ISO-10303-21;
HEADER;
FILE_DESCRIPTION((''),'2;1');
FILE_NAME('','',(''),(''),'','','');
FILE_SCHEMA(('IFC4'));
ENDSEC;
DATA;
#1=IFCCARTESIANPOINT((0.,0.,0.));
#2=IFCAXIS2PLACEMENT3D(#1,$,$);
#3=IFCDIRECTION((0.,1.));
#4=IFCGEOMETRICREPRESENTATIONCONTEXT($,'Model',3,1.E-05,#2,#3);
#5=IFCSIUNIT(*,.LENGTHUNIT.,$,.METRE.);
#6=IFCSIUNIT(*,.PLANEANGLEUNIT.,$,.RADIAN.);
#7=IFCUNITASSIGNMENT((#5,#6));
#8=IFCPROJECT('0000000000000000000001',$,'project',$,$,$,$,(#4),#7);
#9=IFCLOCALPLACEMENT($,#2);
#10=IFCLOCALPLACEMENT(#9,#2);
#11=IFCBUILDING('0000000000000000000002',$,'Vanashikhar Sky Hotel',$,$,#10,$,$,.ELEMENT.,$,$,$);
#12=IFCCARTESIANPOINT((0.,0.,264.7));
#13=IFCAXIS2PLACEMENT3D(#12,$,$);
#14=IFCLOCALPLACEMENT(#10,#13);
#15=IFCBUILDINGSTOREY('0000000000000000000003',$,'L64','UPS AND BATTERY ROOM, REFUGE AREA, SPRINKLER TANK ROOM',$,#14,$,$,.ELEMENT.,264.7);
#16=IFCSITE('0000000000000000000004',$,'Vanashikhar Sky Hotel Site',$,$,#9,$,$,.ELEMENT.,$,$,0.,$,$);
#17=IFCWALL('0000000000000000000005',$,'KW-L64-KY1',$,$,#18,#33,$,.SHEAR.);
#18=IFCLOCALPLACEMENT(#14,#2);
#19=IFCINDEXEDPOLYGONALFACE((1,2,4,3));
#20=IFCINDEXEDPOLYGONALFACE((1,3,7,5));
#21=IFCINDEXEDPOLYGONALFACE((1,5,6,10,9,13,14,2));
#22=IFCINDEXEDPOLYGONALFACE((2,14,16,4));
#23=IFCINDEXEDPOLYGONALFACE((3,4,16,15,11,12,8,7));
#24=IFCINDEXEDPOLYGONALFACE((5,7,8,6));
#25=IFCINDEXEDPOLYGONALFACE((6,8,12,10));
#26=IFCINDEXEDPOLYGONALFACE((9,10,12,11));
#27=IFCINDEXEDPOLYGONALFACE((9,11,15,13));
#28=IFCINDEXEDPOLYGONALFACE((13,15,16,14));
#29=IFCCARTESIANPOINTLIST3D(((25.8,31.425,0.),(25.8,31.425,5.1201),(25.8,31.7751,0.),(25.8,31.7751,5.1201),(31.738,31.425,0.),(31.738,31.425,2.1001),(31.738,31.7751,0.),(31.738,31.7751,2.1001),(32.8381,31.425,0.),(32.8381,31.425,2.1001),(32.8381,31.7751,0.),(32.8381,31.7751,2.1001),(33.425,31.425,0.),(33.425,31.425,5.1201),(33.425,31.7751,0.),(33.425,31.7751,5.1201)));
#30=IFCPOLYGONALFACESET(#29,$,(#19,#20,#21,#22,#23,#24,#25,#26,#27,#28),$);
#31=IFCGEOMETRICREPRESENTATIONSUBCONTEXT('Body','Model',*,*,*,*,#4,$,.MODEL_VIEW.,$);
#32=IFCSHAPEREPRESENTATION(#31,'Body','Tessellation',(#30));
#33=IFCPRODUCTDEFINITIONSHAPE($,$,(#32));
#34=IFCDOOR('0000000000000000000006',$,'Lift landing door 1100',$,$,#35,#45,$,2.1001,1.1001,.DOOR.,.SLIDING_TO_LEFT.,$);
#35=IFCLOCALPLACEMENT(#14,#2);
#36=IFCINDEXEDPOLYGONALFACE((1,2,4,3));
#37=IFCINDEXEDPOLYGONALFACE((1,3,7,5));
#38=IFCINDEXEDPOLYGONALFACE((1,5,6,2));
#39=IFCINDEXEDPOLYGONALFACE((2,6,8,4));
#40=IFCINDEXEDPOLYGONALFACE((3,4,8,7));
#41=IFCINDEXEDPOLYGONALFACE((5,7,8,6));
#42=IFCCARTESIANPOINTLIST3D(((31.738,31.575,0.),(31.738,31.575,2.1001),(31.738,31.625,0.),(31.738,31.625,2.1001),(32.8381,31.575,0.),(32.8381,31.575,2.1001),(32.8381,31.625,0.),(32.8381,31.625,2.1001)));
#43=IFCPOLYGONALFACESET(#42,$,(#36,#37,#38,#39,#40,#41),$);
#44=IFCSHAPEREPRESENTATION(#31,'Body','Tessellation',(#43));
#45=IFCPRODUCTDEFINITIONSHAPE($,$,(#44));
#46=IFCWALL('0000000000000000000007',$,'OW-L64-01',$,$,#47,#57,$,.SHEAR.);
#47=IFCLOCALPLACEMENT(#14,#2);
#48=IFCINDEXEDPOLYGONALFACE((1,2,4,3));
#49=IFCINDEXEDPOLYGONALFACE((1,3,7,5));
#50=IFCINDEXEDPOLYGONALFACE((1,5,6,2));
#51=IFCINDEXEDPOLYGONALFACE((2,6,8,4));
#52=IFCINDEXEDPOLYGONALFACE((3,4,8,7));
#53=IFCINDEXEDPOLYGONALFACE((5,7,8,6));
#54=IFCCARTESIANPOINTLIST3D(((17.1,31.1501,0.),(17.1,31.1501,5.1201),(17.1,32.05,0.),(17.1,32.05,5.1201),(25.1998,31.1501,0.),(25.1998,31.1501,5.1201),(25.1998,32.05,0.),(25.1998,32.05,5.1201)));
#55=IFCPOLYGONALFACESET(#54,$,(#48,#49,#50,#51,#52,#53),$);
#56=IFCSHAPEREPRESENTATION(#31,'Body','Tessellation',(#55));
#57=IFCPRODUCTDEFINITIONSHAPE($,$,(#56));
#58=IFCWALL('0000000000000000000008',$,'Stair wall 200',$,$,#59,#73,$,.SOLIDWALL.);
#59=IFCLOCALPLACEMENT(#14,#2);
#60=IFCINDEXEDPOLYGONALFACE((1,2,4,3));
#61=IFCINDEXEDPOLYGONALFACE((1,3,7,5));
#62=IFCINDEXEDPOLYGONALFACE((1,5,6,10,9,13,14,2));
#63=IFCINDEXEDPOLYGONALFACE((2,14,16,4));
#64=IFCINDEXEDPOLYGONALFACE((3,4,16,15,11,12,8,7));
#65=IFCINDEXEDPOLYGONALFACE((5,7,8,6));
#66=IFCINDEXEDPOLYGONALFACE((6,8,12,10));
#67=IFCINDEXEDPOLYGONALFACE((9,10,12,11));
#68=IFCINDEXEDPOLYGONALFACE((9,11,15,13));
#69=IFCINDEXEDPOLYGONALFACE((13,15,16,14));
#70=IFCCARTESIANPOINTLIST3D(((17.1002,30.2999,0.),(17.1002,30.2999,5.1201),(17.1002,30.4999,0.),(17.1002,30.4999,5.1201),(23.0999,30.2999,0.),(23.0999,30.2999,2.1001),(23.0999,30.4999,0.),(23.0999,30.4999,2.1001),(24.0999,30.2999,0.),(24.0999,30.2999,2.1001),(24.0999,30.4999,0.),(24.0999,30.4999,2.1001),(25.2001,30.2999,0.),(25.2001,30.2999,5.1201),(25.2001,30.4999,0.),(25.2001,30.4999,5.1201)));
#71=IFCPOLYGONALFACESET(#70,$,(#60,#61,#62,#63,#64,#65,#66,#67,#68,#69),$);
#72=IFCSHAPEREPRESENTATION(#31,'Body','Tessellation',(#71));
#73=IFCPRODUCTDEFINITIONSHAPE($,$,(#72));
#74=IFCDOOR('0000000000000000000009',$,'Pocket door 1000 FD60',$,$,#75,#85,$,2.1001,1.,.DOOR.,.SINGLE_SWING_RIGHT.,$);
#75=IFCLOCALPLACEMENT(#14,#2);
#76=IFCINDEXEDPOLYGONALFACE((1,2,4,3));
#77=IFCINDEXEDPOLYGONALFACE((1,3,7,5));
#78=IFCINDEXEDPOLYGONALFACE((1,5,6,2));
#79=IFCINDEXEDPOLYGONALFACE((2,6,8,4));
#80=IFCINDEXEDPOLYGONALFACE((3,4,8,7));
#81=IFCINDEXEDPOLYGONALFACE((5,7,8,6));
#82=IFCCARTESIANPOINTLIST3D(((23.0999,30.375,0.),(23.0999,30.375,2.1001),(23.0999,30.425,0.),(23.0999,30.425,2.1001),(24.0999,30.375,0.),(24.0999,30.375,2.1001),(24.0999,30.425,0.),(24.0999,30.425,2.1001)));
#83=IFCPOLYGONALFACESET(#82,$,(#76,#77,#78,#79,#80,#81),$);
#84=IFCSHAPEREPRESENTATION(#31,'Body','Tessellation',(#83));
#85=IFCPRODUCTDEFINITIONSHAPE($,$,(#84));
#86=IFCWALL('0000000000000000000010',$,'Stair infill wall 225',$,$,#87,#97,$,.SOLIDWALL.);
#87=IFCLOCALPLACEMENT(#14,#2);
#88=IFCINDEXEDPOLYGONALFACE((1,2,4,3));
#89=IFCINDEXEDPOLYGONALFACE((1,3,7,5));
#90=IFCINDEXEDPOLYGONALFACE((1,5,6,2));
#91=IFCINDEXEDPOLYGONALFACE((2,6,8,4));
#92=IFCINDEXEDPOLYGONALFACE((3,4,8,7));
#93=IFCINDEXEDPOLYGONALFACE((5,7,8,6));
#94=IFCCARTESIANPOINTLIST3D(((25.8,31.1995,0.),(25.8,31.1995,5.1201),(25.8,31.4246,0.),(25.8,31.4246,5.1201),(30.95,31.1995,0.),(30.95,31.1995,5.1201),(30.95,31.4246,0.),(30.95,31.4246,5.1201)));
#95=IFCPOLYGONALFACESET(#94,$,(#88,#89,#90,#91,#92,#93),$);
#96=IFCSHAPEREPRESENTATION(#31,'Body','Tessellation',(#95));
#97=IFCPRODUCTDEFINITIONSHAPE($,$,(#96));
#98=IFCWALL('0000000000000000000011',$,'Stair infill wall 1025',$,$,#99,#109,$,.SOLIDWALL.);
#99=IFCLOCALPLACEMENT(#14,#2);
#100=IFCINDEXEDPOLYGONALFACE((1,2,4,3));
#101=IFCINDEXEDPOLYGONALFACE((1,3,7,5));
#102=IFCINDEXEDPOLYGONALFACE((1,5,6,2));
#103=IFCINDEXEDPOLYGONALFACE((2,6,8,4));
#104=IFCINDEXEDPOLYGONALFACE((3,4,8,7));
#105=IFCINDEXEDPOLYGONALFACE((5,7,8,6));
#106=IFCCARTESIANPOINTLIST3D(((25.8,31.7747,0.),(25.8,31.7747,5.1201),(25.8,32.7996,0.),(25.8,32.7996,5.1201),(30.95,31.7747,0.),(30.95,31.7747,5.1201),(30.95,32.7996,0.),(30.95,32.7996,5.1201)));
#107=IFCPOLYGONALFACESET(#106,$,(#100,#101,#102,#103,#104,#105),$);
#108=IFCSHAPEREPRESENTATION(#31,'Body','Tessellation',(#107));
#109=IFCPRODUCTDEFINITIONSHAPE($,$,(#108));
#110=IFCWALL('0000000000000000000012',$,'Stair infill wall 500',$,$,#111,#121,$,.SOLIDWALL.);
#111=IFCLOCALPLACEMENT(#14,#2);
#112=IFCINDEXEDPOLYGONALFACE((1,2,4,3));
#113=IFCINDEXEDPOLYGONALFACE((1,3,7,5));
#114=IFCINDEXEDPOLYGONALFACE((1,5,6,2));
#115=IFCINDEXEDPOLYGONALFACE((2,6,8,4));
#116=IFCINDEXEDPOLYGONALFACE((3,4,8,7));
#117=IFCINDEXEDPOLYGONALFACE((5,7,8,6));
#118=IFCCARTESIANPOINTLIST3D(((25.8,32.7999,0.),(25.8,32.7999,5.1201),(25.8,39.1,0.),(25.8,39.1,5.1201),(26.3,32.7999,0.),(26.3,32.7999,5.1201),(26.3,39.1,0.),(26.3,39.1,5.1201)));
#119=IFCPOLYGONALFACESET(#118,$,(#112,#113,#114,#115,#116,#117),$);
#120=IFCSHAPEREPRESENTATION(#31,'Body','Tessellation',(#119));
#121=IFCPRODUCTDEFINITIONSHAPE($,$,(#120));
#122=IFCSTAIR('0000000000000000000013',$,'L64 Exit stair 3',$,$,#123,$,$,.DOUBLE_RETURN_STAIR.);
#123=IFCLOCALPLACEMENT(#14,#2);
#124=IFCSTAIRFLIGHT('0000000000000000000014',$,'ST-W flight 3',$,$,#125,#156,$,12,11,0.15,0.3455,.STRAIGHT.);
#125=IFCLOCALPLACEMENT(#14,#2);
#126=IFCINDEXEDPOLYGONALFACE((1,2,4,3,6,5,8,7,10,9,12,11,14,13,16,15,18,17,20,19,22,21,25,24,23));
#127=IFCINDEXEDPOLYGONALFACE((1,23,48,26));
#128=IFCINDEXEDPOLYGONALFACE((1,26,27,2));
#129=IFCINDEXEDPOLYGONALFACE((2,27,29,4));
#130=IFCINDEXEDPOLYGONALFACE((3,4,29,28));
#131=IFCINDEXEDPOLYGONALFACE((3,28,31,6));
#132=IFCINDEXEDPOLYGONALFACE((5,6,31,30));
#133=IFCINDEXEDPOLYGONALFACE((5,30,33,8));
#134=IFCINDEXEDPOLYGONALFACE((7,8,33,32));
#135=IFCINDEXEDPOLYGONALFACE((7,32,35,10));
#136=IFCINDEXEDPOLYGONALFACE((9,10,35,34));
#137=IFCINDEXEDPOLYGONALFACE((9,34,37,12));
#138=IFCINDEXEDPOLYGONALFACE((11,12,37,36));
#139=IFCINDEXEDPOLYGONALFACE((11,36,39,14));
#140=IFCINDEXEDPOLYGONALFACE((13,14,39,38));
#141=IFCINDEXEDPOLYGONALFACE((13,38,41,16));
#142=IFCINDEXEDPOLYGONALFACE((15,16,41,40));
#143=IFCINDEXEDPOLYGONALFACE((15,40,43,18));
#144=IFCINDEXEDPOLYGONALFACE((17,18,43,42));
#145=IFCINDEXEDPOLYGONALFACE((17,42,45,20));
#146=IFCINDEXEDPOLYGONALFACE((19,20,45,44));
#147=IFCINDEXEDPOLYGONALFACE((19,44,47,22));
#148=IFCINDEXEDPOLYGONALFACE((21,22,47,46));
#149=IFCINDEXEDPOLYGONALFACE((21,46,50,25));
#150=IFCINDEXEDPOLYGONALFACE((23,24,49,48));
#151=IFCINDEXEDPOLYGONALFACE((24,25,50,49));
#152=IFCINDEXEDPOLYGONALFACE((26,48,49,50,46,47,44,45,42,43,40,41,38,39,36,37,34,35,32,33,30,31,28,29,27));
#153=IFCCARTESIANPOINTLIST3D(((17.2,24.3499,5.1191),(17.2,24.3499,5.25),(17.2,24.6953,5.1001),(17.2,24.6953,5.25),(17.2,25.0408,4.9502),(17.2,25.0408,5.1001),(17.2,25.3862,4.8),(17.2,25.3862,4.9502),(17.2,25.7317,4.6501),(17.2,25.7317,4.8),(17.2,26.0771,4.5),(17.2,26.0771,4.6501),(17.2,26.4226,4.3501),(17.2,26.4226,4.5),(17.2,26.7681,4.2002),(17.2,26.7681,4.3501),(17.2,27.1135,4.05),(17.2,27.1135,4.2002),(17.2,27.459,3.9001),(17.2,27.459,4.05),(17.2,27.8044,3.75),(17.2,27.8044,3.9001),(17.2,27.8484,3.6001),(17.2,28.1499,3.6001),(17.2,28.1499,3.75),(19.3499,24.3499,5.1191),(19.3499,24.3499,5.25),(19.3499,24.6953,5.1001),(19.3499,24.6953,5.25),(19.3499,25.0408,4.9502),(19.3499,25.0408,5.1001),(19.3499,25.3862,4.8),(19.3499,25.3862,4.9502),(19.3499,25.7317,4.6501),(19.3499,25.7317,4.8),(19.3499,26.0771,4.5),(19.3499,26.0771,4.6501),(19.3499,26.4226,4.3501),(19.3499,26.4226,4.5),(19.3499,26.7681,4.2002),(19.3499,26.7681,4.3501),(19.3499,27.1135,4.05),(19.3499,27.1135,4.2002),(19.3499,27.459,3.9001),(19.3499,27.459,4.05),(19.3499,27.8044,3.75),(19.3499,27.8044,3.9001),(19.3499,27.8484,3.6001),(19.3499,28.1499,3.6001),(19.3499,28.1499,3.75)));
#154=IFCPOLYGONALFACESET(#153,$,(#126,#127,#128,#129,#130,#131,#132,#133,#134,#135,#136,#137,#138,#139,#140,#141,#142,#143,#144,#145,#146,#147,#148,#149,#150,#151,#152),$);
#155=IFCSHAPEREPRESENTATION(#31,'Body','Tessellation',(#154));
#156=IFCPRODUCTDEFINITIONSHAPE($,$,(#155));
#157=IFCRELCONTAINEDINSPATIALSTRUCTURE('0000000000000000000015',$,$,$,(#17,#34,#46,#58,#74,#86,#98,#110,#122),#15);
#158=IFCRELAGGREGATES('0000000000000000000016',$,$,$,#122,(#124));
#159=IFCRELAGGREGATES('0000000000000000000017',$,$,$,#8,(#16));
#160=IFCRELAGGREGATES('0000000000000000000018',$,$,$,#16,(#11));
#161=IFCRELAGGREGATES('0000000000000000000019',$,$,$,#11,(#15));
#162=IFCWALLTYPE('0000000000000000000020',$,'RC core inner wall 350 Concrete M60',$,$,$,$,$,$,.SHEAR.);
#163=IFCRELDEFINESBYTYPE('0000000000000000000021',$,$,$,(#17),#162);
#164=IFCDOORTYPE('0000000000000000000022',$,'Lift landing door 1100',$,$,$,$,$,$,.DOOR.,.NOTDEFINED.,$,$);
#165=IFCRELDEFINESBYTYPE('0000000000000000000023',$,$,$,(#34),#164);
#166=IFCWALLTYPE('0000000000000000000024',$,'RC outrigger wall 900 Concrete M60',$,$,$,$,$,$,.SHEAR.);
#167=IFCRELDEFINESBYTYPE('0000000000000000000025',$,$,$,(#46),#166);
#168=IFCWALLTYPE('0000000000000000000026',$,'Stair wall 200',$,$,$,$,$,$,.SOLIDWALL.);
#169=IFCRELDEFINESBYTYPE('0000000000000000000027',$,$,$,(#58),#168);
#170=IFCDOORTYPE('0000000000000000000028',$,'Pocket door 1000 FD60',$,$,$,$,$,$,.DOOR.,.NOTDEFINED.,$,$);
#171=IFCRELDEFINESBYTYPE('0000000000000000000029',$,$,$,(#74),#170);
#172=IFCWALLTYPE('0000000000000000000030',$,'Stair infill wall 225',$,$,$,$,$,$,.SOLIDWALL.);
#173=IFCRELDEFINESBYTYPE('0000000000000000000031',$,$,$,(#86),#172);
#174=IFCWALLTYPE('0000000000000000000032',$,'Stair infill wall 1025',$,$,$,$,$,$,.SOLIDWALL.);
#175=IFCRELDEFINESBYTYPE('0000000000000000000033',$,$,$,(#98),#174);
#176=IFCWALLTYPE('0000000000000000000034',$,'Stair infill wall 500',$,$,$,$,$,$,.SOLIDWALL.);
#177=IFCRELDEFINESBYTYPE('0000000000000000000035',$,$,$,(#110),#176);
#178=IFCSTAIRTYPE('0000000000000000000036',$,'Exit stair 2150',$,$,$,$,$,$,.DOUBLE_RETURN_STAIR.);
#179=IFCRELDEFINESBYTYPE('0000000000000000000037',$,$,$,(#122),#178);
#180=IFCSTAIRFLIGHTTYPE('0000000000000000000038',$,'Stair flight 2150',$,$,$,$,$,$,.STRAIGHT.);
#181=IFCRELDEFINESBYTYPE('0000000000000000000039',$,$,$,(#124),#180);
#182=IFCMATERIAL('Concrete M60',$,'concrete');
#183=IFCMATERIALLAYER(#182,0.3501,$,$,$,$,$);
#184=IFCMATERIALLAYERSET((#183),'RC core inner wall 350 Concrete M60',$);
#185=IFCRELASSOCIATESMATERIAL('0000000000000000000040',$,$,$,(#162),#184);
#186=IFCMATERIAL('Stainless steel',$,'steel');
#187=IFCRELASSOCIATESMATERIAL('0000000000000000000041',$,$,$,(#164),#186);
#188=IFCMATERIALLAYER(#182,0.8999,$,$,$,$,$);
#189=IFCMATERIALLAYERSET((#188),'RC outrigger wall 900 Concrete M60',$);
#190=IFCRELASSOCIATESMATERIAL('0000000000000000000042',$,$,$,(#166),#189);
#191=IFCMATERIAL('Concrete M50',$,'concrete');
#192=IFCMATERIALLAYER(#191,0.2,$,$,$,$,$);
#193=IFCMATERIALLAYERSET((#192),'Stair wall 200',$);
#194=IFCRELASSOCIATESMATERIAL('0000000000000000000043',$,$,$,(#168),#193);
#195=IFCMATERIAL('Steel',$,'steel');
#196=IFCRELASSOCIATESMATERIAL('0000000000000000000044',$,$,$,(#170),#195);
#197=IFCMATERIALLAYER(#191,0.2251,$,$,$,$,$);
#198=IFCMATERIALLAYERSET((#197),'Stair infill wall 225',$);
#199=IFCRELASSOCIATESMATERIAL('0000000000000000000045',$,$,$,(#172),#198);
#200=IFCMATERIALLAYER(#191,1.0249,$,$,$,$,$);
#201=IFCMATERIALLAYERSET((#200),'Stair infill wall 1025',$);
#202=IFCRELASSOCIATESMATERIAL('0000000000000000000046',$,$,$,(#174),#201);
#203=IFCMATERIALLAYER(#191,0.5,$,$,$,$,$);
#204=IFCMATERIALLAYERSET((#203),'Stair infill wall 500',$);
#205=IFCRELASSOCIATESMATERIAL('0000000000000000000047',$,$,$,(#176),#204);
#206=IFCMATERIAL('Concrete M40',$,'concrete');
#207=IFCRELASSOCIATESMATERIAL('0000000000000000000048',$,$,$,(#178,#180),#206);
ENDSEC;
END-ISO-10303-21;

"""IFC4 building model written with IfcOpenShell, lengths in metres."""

from ifc_helpers import new_model, si_unit, direction, frame, frame_2d, origin, place, context, subcontext, project, spatial, polyline, rectangle, outline, extrude, source, transform, mapped, material, layer, layer_set, type_object, element, fill, aggregate, save


model = new_model("IFC4")

# Units and contexts
model_context = context("Model", 3, precision=1e-05, world=origin(), true_north=direction((0.0, 1.0)))
body_context = subcontext(model_context, "Body", "Model", "MODEL_VIEW")
ifc_project = project(units=[si_unit("LENGTHUNIT", "METRE"), si_unit("PLANEANGLEUNIT", "RADIAN")], contexts=[model_context])

# Site, building, storey
site_placement = place(None, origin())
site = spatial("IfcSite", under=ifc_project, at=site_placement, Name="Vanashikhar Sky Hotel Site", CompositionType="ELEMENT", RefElevation=0.0)
building_placement = place(site_placement, origin())
building = spatial("IfcBuilding", under=site, at=building_placement, Name="Vanashikhar Sky Hotel", CompositionType="ELEMENT")
storey_placement = place(building_placement, frame((0.0, 0.0, 264.7)))
storey = spatial("IfcBuildingStorey", under=building, at=storey_placement, Name="L64", Description="UPS AND BATTERY ROOM, REFUGE AREA, SPRINKLER TANK ROOM", CompositionType="ELEMENT", Elevation=264.7)

# Wall, opening, door
ifc_material_1 = material(Name="Concrete M60", Category="concrete")
ifc_layer_1 = layer(ifc_material_1, 0.3501)
ifc_layer_set_1 = layer_set([ifc_layer_1], Name="RC core inner wall 350 Concrete M60")
wall_type_1 = type_object("IfcWallType", Name="RC core inner wall 350 Concrete M60", PredefinedType="SHEAR", material=ifc_layer_set_1)
shared_shape_1 = source(origin(), body_context, "Body", "SweptSolid", [
    extrude(rectangle(XDim=7.625, YDim=0.3501, at=frame_2d((3.8125, 0.0))), origin(), (0.0, 0.0, 1.0), 5.1201),
])
wall_1_placement = place(storey_placement, frame((25.8, 31.6001, 0.0), z_axis=(0.0, 0.0, 1.0), x_axis=(1.0, 0.0, 0.0)))
wall_1 = element("IfcWall", 1, at=wall_1_placement, inside=storey, type_object=wall_type_1, Name="KW-L64-KY1", PredefinedType="SHEAR", context=body_context, shape_type="MappedRepresentation", body=[
    mapped(shared_shape_1, transform((0.0, 0.0, 0.0), scale=1.0)),
])
shared_shape_2 = source(origin(), body_context, "Body", "SweptSolid", [
    extrude(rectangle(XDim=1.1001, YDim=2.1001, at=frame_2d((0.55, 1.05))), frame((0.0, 0.1851, 0.0), z_axis=(0.0, -1.0, 0.0), x_axis=(1.0, 0.0, 0.0)), (0.0, 0.0, 1.0), 0.3701),
])
opening_1_placement = place(wall_1_placement, frame((5.938, 0.0, 0.0)))
opening_1 = element("IfcOpeningElement", 2, at=opening_1_placement, cuts=wall_1, PredefinedType="OPENING", context=body_context, shape_type="MappedRepresentation", body=[
    mapped(shared_shape_2, transform((0.0, 0.0, 0.0), scale=1.0)),
])
ifc_material_2 = material(Name="Stainless steel", Category="steel")
door_type_1 = type_object("IfcDoorType", Name="Lift landing door 1100", OperationType="NOTDEFINED", PredefinedType="DOOR", material=ifc_material_2)
shared_shape_3 = source(origin(), body_context, "Body", "SweptSolid", [
    extrude(rectangle(XDim=1.1001, YDim=2.1001, at=frame_2d((0.55, 1.05))), frame((0.0, 0.0249, 0.0), z_axis=(0.0, -1.0, 0.0), x_axis=(1.0, 0.0, 0.0)), (0.0, 0.0, 1.0), 0.05),
])
door_1_placement = place(opening_1_placement, origin())
door_1 = element("IfcDoor", 3, at=door_1_placement, inside=storey, type_object=door_type_1, Name="Lift landing door 1100", OperationType="SLIDING_TO_LEFT", OverallHeight=2.1001, OverallWidth=1.1001, PredefinedType="DOOR", context=body_context, shape_type="MappedRepresentation", body=[
    mapped(shared_shape_3, transform((0.0, 0.0, 0.0), scale=1.0)),
])
fill(opening_1, door_1)

# Wall
ifc_layer_2 = layer(ifc_material_1, 0.8999)
ifc_layer_set_2 = layer_set([ifc_layer_2], Name="RC outrigger wall 900 Concrete M60")
wall_type_2 = type_object("IfcWallType", Name="RC outrigger wall 900 Concrete M60", PredefinedType="SHEAR", material=ifc_layer_set_2)
shared_shape_4 = source(origin(), body_context, "Body", "SweptSolid", [
    extrude(rectangle(XDim=8.0999, YDim=0.8999, at=frame_2d((4.0498, 0.0))), origin(), (0.0, 0.0, 1.0), 5.1201),
])
wall_2_placement = place(storey_placement, frame((17.1001, 31.6001, 0.0), z_axis=(0.0, 0.0, 1.0), x_axis=(1.0, 0.0, 0.0)))
element("IfcWall", 4, at=wall_2_placement, inside=storey, type_object=wall_type_2, Name="OW-L64-01", PredefinedType="SHEAR", context=body_context, shape_type="MappedRepresentation", body=[
    mapped(shared_shape_4, transform((0.0, 0.0, 0.0), scale=1.0)),
])

# Wall, opening, door
ifc_material_3 = material(Name="Concrete M50", Category="concrete")
ifc_layer_3 = layer(ifc_material_3, 0.2)
ifc_layer_set_3 = layer_set([ifc_layer_3], Name="Stair wall 200")
wall_type_3 = type_object("IfcWallType", Name="Stair wall 200", PredefinedType="SOLIDWALL", material=ifc_layer_set_3)
shared_shape_5 = source(origin(), body_context, "Body", "SweptSolid", [
    extrude(rectangle(XDim=8.0999, YDim=0.2, at=frame_2d((4.0498, 0.0))), origin(), (0.0, 0.0, 1.0), 5.1201),
])
wall_3_placement = place(storey_placement, frame((25.2, 30.3999, 0.0), z_axis=(0.0, 0.0, 1.0), x_axis=(-1.0, 0.0, 0.0)))
wall_3 = element("IfcWall", 5, at=wall_3_placement, inside=storey, type_object=wall_type_3, Name="Stair wall 200", PredefinedType="SOLIDWALL", context=body_context, shape_type="MappedRepresentation", body=[
    mapped(shared_shape_5, transform((0.0, 0.0, 0.0), scale=1.0)),
])
shared_shape_6 = source(origin(), body_context, "Body", "SweptSolid", [
    extrude(rectangle(XDim=1.0, YDim=2.1001, at=frame_2d((0.5, 1.05))), frame((0.0, 0.1099, 0.0), z_axis=(0.0, -1.0, 0.0), x_axis=(1.0, 0.0, 0.0)), (0.0, 0.0, 1.0), 0.22),
])
opening_2_placement = place(wall_3_placement, frame((1.1001, 0.0, 0.0)))
opening_2 = element("IfcOpeningElement", 6, at=opening_2_placement, cuts=wall_3, PredefinedType="OPENING", context=body_context, shape_type="MappedRepresentation", body=[
    mapped(shared_shape_6, transform((0.0, 0.0, 0.0), scale=1.0)),
])
ifc_material_4 = material(Name="Steel", Category="steel")
door_type_2 = type_object("IfcDoorType", Name="Pocket door 1000 FD60", OperationType="NOTDEFINED", PredefinedType="DOOR", material=ifc_material_4)
shared_shape_7 = source(origin(), body_context, "Body", "SweptSolid", [
    extrude(rectangle(XDim=1.0, YDim=2.1001, at=frame_2d((0.5, 1.05))), frame((0.0, 0.0249, 0.0), z_axis=(0.0, -1.0, 0.0), x_axis=(1.0, 0.0, 0.0)), (0.0, 0.0, 1.0), 0.05),
])
door_2_placement = place(opening_2_placement, origin())
door_2 = element("IfcDoor", 7, at=door_2_placement, inside=storey, type_object=door_type_2, Name="Pocket door 1000 FD60", OperationType="SINGLE_SWING_RIGHT", OverallHeight=2.1001, OverallWidth=1.0, PredefinedType="DOOR", context=body_context, shape_type="MappedRepresentation", body=[
    mapped(shared_shape_7, transform((0.0, 0.0, 0.0), scale=1.0)),
])
fill(opening_2, door_2)

# Walls
ifc_layer_4 = layer(ifc_material_3, 0.2251)
ifc_layer_set_4 = layer_set([ifc_layer_4], Name="Stair infill wall 225")
wall_type_4 = type_object("IfcWallType", Name="Stair infill wall 225", PredefinedType="SOLIDWALL", material=ifc_layer_set_4)
shared_shape_8 = source(origin(), body_context, "Body", "SweptSolid", [
    extrude(rectangle(XDim=5.1499, YDim=0.2251, at=frame_2d((2.575, 0.0))), origin(), (0.0, 0.0, 1.0), 5.1201),
])
wall_4_placement = place(storey_placement, frame((25.8, 31.312, 0.0), z_axis=(0.0, 0.0, 1.0), x_axis=(1.0, 0.0, 0.0)))
element("IfcWall", 8, at=wall_4_placement, inside=storey, type_object=wall_type_4, Name="Stair infill wall 225", PredefinedType="SOLIDWALL", context=body_context, shape_type="MappedRepresentation", body=[
    mapped(shared_shape_8, transform((0.0, 0.0, 0.0), scale=1.0)),
])
ifc_layer_5 = layer(ifc_material_3, 1.0249)
ifc_layer_set_5 = layer_set([ifc_layer_5], Name="Stair infill wall 1025")
wall_type_5 = type_object("IfcWallType", Name="Stair infill wall 1025", PredefinedType="SOLIDWALL", material=ifc_layer_set_5)
shared_shape_9 = source(origin(), body_context, "Body", "SweptSolid", [
    extrude(rectangle(XDim=5.1499, YDim=1.0249, at=frame_2d((2.575, 0.0))), origin(), (0.0, 0.0, 1.0), 5.1201),
])
wall_5_placement = place(storey_placement, frame((25.8, 32.2871, 0.0), z_axis=(0.0, 0.0, 1.0), x_axis=(1.0, 0.0, 0.0)))
element("IfcWall", 9, at=wall_5_placement, inside=storey, type_object=wall_type_5, Name="Stair infill wall 1025", PredefinedType="SOLIDWALL", context=body_context, shape_type="MappedRepresentation", body=[
    mapped(shared_shape_9, transform((0.0, 0.0, 0.0), scale=1.0)),
])
ifc_layer_6 = layer(ifc_material_3, 0.5)
ifc_layer_set_6 = layer_set([ifc_layer_6], Name="Stair infill wall 500")
wall_type_6 = type_object("IfcWallType", Name="Stair infill wall 500", PredefinedType="SOLIDWALL", material=ifc_layer_set_6)
shared_shape_10 = source(origin(), body_context, "Body", "SweptSolid", [
    extrude(rectangle(XDim=6.3, YDim=0.5, at=frame_2d((3.1499, 0.0))), origin(), (0.0, 0.0, 1.0), 5.1201),
])
wall_6_placement = place(storey_placement, frame((26.05, 32.8, 0.0), z_axis=(0.0, 0.0, 1.0), x_axis=(0.0, 1.0, 0.0)))
element("IfcWall", 10, at=wall_6_placement, inside=storey, type_object=wall_type_6, Name="Stair infill wall 500", PredefinedType="SOLIDWALL", context=body_context, shape_type="MappedRepresentation", body=[
    mapped(shared_shape_10, transform((0.0, 0.0, 0.0), scale=1.0)),
])

# Stair, stair flight
ifc_material_5 = material(Name="Concrete M40", Category="concrete")
stair_type = type_object("IfcStairType", Name="Exit stair 2150", PredefinedType="DOUBLE_RETURN_STAIR", material=ifc_material_5)
stair_placement = place(storey_placement, origin())
stair = element("IfcStair", 11, at=stair_placement, inside=storey, type_object=stair_type, Name="L64 Exit stair 3", PredefinedType="DOUBLE_RETURN_STAIR")
stair_flight_type = type_object("IfcStairFlightType", Name="Stair flight 2150", PredefinedType="STRAIGHT", material=ifc_material_5)
shared_shape_11 = source(origin(), body_context, "Body", "SweptSolid", [
    extrude(outline(polyline([(0.0, 0.0), (0.0, 0.1499), (0.3455, 0.1499), (0.3455, 0.3), (0.6909, 0.3), (0.6909, 0.45), (1.0364, 0.45), (1.0364, 0.6001), (1.3818, 0.6001), (1.3818, 0.75), (1.7273, 0.75), (1.7273, 0.8999), (2.0728, 0.8999), (2.0728, 1.05), (2.4182, 1.05), (2.4182, 1.2), (2.7637, 1.2), (2.7637, 1.3501), (3.1091, 1.3501), (3.1091, 1.5), (3.4546, 1.5), (3.4546, 1.6499), (3.8, 1.6499), (3.8, 1.8), (3.8, 1.519), (0.3015, 0.0), (0.0, 0.0)])), frame((0.0, 1.075, 0.0), z_axis=(0.0, -1.0, 0.0), x_axis=(1.0, 0.0, 0.0)), (0.0, 0.0, 1.0), 2.1499),
])
stair_flight_placement = place(storey_placement, frame((18.2749, 28.1499, 3.6001), z_axis=(0.0, 0.0, 1.0), x_axis=(0.0, -1.0, 0.0)))
stair_flight = element("IfcStairFlight", 12, at=stair_flight_placement, type_object=stair_flight_type, Name="ST-W flight 3", NumberOfRisers=12, NumberOfTreads=11, PredefinedType="STRAIGHT", RiserHeight=0.15, TreadLength=0.3455, context=body_context, shape_type="MappedRepresentation", body=[
    mapped(shared_shape_11, transform((0.0, 0.0, 0.0), scale=1.0)),
])
aggregate(stair, [stair_flight])

save(model, "model.ifc")
